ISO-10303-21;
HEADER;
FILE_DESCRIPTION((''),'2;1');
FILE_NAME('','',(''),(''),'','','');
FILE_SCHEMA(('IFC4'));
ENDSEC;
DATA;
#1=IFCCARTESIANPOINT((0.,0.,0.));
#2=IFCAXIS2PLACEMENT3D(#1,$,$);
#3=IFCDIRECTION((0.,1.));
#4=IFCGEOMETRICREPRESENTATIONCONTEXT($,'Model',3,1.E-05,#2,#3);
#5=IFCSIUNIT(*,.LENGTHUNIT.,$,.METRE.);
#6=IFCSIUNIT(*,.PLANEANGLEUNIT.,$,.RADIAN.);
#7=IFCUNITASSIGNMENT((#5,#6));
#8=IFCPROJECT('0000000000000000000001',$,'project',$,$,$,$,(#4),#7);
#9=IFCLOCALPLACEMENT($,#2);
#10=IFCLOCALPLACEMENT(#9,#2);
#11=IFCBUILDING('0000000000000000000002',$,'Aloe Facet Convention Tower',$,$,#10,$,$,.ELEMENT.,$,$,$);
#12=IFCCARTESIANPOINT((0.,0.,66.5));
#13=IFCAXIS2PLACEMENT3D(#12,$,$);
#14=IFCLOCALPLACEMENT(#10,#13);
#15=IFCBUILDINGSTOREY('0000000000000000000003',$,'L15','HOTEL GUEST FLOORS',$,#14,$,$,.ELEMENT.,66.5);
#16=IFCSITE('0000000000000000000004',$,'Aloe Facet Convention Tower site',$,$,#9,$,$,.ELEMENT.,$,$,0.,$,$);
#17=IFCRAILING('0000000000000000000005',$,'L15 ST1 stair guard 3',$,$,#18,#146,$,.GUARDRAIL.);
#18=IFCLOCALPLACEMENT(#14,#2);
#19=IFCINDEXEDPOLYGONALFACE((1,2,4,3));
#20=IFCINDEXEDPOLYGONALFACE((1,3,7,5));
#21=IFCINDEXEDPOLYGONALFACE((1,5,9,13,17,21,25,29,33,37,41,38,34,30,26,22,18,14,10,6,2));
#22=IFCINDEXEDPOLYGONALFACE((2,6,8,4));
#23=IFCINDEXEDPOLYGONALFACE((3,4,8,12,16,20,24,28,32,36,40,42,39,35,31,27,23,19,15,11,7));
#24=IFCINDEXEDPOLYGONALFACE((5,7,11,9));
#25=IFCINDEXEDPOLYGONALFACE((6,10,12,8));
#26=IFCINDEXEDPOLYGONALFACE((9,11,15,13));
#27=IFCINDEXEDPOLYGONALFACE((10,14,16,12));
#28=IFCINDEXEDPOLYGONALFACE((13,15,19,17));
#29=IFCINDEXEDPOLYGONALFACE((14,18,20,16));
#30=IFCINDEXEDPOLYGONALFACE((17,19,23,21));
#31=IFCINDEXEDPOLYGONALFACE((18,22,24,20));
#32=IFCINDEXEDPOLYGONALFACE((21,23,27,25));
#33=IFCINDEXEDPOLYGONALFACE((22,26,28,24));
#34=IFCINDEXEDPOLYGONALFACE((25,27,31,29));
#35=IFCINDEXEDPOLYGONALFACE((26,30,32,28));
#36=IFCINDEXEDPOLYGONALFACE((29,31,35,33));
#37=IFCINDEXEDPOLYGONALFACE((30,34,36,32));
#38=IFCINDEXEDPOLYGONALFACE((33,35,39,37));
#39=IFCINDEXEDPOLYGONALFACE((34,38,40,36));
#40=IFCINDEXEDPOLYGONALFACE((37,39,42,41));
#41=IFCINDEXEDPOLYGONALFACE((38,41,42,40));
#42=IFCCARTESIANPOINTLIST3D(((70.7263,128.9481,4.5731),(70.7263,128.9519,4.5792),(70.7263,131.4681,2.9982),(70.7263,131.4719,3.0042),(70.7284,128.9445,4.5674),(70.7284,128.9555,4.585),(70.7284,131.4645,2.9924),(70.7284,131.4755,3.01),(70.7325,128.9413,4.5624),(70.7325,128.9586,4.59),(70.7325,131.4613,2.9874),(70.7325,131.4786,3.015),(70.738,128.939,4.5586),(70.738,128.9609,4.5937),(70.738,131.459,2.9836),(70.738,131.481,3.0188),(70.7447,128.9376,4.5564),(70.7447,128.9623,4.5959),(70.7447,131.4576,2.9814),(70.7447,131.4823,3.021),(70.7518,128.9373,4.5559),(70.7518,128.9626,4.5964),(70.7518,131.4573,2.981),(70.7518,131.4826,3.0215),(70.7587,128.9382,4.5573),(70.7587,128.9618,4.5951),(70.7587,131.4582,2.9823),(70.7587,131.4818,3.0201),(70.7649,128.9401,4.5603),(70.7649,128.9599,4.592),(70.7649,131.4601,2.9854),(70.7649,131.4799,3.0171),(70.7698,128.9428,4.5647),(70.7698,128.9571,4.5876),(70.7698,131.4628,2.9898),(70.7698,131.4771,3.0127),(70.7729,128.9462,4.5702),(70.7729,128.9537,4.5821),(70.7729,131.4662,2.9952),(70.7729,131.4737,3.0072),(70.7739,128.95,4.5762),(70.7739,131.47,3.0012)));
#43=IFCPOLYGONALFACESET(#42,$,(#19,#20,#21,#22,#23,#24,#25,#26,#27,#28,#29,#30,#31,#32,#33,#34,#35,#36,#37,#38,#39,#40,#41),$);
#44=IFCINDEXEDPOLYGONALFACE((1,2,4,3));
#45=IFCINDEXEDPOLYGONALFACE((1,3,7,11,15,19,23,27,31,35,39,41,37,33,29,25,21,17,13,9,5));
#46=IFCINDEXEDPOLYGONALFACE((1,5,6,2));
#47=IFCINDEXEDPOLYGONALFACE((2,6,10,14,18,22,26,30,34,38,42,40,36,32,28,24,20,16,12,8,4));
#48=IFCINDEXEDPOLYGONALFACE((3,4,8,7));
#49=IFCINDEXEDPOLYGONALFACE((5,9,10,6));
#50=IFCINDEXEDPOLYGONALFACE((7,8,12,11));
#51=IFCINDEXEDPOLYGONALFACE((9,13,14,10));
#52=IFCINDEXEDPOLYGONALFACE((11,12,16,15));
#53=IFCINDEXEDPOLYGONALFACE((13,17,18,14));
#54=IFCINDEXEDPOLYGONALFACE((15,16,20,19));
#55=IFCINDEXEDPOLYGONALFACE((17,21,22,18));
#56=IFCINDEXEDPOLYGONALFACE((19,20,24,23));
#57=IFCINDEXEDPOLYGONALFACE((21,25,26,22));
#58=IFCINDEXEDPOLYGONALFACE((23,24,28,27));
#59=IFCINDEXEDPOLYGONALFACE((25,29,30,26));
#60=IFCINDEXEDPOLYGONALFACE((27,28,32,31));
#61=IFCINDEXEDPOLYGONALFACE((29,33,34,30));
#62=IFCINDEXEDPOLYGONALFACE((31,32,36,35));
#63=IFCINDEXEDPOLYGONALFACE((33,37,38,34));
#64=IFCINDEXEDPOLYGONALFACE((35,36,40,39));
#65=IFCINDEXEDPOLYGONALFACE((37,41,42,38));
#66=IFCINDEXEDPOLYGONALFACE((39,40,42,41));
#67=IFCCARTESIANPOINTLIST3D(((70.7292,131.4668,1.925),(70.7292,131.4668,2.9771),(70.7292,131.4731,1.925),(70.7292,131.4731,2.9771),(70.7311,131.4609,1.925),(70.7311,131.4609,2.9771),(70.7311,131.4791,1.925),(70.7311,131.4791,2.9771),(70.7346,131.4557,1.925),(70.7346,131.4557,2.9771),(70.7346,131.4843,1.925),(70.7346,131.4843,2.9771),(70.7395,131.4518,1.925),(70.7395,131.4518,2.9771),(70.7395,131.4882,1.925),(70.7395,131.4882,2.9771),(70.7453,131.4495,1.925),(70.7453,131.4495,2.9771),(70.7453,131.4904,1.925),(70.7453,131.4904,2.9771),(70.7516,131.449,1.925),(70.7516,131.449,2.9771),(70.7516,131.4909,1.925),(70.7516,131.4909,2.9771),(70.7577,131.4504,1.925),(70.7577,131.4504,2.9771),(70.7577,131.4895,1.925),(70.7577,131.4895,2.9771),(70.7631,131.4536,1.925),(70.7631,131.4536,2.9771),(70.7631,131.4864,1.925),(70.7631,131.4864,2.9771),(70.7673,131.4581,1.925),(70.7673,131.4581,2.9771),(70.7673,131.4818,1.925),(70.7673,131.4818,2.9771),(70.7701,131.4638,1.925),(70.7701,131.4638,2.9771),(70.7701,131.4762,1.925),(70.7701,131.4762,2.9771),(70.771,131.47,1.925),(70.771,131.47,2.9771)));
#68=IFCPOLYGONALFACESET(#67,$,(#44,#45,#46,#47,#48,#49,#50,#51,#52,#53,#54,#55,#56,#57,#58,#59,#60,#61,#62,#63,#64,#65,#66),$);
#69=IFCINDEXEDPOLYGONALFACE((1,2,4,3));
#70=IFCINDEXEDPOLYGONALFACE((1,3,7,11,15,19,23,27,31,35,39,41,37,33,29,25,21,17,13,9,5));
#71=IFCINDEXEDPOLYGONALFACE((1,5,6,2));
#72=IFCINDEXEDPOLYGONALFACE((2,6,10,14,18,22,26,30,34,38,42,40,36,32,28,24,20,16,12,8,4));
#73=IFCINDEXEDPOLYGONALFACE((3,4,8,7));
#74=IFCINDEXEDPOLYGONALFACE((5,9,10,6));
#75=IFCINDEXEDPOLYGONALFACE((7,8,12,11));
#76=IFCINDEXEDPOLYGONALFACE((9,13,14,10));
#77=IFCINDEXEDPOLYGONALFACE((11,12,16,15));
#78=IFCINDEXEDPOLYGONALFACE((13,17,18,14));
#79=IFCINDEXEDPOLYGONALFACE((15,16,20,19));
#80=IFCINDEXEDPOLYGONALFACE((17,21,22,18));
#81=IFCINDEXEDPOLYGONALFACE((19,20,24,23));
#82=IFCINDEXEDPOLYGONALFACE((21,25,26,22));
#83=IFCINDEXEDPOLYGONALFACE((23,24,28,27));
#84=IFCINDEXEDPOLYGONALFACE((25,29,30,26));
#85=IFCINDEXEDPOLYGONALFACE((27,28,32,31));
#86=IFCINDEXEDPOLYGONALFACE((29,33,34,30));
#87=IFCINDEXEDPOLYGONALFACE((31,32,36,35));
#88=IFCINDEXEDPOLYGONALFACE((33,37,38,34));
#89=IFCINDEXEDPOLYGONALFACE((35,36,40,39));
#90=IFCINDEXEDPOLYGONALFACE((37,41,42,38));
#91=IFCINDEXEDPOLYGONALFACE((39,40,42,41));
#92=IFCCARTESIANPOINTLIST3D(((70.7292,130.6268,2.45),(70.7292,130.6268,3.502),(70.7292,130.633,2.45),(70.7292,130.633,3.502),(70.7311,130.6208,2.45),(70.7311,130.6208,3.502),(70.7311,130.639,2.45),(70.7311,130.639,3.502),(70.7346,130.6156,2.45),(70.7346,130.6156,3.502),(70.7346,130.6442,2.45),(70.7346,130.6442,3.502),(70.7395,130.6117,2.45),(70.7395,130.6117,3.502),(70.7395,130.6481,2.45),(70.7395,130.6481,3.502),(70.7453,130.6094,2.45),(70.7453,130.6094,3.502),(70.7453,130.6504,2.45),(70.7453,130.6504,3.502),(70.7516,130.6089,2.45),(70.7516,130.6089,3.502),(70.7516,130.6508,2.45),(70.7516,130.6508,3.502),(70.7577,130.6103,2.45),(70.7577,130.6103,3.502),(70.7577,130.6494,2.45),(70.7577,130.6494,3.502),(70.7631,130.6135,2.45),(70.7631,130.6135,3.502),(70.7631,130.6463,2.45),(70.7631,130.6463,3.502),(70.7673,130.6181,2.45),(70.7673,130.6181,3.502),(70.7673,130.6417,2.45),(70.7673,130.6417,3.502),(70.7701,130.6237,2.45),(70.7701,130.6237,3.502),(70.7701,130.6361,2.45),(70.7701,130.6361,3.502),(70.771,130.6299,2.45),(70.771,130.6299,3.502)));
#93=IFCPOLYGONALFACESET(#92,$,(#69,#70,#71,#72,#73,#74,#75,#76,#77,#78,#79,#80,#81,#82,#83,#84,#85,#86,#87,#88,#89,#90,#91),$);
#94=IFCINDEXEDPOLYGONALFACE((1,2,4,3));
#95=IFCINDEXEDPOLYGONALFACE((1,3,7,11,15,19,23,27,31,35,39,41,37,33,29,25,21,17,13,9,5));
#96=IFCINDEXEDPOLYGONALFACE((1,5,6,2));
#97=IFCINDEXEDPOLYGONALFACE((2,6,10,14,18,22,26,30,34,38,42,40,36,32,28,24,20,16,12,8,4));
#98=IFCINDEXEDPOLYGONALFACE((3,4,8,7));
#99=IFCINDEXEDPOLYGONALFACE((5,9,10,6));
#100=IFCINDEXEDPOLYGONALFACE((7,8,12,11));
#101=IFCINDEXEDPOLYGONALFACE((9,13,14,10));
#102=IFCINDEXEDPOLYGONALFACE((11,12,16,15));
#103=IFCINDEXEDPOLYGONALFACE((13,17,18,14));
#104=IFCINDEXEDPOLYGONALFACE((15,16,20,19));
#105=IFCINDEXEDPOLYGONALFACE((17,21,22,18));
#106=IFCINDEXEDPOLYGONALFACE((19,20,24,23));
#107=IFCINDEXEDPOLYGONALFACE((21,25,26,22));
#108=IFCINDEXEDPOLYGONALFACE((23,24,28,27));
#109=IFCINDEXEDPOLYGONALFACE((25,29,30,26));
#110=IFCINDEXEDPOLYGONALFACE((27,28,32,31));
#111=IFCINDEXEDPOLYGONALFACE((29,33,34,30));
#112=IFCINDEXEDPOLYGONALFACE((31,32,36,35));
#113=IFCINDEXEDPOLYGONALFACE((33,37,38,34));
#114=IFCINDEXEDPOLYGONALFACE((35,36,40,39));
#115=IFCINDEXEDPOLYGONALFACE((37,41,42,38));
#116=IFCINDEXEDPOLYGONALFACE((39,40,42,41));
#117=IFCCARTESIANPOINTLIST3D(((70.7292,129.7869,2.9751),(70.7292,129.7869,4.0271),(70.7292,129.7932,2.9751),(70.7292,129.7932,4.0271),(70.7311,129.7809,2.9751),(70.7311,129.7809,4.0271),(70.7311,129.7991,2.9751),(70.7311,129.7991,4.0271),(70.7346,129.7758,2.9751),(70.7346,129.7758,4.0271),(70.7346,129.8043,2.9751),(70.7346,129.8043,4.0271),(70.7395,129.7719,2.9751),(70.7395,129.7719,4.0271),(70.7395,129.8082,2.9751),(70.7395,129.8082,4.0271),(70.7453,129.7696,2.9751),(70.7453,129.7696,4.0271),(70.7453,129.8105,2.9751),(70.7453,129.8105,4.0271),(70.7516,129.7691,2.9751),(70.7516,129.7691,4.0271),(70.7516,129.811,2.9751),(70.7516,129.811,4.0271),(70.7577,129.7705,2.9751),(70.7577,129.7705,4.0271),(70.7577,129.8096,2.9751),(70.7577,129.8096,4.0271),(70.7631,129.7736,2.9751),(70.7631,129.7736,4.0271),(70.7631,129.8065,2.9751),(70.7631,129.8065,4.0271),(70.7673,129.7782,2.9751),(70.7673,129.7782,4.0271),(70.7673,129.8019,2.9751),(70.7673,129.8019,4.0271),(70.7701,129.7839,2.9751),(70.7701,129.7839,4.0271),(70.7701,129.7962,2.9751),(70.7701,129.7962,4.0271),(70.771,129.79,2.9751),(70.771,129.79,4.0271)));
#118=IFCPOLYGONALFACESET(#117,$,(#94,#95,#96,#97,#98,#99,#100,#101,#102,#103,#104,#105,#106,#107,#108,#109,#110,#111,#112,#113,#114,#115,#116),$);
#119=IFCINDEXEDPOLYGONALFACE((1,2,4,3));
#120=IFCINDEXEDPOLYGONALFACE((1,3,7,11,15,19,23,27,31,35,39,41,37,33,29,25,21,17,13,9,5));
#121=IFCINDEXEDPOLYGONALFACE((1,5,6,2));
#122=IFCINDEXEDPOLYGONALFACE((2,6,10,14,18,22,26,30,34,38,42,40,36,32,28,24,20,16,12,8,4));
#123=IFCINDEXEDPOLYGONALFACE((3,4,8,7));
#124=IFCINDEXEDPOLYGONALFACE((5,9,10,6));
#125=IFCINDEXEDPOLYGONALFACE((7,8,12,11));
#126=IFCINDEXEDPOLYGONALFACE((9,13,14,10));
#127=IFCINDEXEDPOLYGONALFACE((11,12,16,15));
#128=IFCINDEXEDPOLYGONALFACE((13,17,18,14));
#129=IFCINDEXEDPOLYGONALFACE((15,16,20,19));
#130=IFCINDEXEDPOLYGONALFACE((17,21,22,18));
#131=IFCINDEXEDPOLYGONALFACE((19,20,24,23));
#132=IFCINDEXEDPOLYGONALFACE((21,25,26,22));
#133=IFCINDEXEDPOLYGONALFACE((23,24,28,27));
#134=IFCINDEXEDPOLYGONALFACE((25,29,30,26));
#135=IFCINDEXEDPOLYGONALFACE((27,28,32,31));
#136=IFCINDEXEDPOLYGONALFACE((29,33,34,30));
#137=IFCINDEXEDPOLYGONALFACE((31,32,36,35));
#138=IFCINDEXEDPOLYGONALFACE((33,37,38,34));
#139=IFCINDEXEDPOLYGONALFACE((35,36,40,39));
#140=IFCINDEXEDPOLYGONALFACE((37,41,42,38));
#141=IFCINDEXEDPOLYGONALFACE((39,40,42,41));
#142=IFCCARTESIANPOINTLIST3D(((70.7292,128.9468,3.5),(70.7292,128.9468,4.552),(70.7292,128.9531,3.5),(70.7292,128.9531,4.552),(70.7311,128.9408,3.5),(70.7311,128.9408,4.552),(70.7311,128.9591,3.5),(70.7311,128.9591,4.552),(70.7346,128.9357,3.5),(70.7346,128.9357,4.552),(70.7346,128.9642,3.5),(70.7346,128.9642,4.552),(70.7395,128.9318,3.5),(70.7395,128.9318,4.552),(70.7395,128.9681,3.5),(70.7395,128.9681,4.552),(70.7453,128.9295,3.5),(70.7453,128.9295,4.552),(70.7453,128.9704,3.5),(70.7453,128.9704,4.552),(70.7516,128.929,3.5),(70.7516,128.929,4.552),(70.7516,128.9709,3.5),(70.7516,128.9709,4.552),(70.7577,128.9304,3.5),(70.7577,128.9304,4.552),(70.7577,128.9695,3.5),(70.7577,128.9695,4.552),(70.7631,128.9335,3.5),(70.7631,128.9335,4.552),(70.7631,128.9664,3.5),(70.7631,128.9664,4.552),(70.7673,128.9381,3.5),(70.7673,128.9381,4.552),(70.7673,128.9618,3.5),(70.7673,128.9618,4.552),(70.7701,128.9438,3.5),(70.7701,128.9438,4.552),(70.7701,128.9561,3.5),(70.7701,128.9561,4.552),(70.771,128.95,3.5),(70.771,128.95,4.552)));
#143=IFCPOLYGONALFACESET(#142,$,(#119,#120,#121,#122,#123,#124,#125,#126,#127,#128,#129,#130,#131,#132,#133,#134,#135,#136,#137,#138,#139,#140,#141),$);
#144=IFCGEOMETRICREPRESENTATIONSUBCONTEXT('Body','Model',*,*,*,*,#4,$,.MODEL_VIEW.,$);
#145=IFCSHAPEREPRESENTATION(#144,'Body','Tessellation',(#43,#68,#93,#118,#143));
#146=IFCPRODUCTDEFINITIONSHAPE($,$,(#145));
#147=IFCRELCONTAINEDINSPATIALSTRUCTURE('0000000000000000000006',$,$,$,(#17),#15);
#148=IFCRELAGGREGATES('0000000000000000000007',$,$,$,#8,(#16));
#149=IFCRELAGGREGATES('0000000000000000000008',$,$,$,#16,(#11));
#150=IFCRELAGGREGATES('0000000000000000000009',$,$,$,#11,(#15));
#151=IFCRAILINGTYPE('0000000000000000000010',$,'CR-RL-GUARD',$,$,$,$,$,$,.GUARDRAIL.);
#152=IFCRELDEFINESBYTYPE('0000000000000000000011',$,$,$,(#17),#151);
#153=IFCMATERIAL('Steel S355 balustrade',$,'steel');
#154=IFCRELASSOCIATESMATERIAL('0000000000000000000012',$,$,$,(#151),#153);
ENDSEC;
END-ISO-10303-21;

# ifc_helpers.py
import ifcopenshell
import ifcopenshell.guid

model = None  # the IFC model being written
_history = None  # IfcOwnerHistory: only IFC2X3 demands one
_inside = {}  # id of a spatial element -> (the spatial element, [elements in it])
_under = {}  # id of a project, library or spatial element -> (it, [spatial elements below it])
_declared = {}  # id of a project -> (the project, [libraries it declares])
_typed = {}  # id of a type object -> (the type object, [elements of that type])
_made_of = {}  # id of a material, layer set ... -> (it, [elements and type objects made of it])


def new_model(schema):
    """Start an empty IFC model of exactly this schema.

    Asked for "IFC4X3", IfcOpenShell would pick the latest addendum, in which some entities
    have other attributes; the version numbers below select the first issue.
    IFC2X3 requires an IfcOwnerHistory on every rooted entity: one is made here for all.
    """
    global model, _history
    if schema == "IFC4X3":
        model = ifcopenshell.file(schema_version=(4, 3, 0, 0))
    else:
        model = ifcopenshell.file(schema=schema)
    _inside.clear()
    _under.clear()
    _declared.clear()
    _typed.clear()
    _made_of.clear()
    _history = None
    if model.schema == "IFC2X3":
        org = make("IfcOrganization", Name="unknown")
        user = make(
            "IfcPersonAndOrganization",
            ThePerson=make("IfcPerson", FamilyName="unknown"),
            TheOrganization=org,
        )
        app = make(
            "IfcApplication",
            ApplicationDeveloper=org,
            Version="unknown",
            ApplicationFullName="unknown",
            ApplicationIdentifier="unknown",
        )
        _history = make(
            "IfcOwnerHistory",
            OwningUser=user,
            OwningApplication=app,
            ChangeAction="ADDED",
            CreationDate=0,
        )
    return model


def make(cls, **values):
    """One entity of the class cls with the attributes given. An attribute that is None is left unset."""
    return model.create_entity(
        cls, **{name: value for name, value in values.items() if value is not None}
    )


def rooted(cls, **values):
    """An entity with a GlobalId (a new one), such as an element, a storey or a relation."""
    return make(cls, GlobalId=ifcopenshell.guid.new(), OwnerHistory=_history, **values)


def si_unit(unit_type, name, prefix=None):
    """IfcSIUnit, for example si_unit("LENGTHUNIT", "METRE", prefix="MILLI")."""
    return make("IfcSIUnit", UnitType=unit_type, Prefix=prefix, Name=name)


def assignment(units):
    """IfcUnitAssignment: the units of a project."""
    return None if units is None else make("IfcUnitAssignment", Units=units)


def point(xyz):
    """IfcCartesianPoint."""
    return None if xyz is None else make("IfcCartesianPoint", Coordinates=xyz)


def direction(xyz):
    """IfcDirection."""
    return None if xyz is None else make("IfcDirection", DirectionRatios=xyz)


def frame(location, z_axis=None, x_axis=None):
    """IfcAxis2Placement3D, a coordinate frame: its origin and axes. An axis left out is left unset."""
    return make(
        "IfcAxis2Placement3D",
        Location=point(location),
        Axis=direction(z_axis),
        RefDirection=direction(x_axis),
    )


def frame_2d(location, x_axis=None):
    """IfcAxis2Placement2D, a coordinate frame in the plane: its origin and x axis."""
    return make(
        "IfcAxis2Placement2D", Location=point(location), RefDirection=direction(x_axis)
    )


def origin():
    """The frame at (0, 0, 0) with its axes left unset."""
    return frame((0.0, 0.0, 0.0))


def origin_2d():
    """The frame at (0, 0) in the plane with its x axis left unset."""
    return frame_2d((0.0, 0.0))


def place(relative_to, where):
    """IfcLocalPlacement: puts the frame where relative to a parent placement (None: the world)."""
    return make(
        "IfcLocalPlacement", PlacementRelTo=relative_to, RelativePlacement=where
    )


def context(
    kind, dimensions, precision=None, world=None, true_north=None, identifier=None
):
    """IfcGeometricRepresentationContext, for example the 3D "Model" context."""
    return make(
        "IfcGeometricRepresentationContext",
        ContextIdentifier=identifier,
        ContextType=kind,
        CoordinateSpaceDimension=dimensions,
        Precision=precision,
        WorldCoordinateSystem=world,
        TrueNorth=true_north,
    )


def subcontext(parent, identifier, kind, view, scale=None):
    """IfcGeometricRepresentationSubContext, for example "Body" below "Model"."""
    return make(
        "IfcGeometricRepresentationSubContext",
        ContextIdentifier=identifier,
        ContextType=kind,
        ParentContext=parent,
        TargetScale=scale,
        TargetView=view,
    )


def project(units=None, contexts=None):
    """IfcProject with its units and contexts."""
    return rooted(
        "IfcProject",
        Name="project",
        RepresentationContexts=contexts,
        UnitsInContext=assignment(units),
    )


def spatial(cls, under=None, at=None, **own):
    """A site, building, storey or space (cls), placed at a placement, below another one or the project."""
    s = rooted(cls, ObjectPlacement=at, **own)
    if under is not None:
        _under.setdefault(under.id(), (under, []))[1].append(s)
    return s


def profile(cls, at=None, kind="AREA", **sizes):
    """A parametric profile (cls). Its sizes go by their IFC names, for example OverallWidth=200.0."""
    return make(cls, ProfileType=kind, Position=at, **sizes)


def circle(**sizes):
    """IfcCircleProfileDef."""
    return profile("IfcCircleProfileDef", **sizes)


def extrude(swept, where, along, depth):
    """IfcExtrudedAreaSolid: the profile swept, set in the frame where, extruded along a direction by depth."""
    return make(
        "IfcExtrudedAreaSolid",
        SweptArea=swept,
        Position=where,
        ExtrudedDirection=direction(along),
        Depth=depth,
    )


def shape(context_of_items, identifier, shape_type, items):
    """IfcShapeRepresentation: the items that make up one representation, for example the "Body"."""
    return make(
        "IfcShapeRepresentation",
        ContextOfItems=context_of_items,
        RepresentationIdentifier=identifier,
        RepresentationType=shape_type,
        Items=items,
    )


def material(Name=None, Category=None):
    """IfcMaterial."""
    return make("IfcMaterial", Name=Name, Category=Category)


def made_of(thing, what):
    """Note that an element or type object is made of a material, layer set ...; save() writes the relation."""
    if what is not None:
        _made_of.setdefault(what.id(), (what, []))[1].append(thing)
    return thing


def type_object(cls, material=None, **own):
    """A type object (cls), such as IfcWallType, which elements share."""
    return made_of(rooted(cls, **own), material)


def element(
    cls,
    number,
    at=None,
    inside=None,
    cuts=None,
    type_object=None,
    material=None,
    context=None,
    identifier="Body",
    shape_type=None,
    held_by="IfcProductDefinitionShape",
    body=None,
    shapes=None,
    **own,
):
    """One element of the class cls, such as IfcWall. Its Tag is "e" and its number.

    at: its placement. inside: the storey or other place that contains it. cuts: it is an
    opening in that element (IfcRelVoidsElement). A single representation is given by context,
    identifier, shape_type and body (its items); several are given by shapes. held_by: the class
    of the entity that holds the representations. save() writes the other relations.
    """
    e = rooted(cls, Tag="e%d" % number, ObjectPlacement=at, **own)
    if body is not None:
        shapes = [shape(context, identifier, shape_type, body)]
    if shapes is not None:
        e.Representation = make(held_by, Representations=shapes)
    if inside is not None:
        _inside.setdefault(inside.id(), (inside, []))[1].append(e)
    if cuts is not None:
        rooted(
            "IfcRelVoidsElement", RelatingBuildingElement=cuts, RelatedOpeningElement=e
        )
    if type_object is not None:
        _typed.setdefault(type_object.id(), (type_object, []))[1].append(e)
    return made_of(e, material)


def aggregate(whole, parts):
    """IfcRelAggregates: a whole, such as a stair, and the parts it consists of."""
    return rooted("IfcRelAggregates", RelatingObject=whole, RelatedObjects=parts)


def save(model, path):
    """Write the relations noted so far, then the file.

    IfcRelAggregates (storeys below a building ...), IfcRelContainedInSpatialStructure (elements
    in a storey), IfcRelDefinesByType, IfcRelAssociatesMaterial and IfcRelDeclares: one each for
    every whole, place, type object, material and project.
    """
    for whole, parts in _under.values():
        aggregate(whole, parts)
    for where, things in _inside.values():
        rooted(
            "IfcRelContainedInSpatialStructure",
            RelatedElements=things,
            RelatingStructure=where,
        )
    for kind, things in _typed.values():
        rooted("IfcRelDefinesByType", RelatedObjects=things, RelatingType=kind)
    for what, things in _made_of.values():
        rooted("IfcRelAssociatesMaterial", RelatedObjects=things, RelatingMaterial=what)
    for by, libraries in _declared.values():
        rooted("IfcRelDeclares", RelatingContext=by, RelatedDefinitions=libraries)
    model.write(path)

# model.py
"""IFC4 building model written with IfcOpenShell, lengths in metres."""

from ifc_helpers import new_model, si_unit, direction, frame, origin, origin_2d, place, context, subcontext, project, spatial, circle, extrude, material, type_object, element, save


model = new_model("IFC4")

# Units and contexts
model_context = context("Model", 3, precision=1e-05, world=origin(), true_north=direction((0.0, 1.0)))
body_context = subcontext(model_context, "Body", "Model", "MODEL_VIEW")
ifc_project = project(units=[si_unit("LENGTHUNIT", "METRE"), si_unit("PLANEANGLEUNIT", "RADIAN")], contexts=[model_context])

# Site, building, storey
site_placement = place(None, origin())
site = spatial("IfcSite", under=ifc_project, at=site_placement, Name="Aloe Facet Convention Tower site", CompositionType="ELEMENT", RefElevation=0.0)
building_placement = place(site_placement, origin())
building = spatial("IfcBuilding", under=site, at=building_placement, Name="Aloe Facet Convention Tower", CompositionType="ELEMENT")
storey_placement = place(building_placement, frame((0.0, 0.0, 66.5)))
storey = spatial("IfcBuildingStorey", under=building, at=storey_placement, Name="L15", Description="HOTEL GUEST FLOORS", CompositionType="ELEMENT", Elevation=66.5)

# Railing
ifc_material_1 = material(Name="Steel S355 balustrade", Category="steel")
railing_type_1 = type_object("IfcRailingType", Name="CR-RL-GUARD", PredefinedType="GUARDRAIL", material=ifc_material_1)
railing_1_placement = place(storey_placement, frame((70.75, 131.47, 1.925)))
element("IfcRailing", 1, at=railing_1_placement, inside=storey, type_object=railing_type_1, Name="L15 ST1 stair guard 3", PredefinedType="GUARDRAIL", context=body_context, shape_type="SweptSolid", body=[
    extrude(circle(Radius=0.0239, at=origin_2d()), frame((0.0, 0.0, 1.0762), z_axis=(0.0, -0.848008, 0.529984), x_axis=(1.0, 0.0, 0.0)), (0.0, 0.0, 1.0), 2.9717),
    extrude(circle(Radius=0.021, at=origin_2d()), origin(), (0.0, 0.0, 1.0), 1.052),
    extrude(circle(Radius=0.021, at=origin_2d()), frame((0.0, -0.8401, 0.5249)), (0.0, 0.0, 1.0), 1.052),
    extrude(circle(Radius=0.021, at=origin_2d()), frame((0.0, -1.6799, 1.05)), (0.0, 0.0, 1.0), 1.052),
    extrude(circle(Radius=0.021, at=origin_2d()), frame((0.0, -2.52, 1.575)), (0.0, 0.0, 1.0), 1.052),
])

save(model, "model.ifc")
